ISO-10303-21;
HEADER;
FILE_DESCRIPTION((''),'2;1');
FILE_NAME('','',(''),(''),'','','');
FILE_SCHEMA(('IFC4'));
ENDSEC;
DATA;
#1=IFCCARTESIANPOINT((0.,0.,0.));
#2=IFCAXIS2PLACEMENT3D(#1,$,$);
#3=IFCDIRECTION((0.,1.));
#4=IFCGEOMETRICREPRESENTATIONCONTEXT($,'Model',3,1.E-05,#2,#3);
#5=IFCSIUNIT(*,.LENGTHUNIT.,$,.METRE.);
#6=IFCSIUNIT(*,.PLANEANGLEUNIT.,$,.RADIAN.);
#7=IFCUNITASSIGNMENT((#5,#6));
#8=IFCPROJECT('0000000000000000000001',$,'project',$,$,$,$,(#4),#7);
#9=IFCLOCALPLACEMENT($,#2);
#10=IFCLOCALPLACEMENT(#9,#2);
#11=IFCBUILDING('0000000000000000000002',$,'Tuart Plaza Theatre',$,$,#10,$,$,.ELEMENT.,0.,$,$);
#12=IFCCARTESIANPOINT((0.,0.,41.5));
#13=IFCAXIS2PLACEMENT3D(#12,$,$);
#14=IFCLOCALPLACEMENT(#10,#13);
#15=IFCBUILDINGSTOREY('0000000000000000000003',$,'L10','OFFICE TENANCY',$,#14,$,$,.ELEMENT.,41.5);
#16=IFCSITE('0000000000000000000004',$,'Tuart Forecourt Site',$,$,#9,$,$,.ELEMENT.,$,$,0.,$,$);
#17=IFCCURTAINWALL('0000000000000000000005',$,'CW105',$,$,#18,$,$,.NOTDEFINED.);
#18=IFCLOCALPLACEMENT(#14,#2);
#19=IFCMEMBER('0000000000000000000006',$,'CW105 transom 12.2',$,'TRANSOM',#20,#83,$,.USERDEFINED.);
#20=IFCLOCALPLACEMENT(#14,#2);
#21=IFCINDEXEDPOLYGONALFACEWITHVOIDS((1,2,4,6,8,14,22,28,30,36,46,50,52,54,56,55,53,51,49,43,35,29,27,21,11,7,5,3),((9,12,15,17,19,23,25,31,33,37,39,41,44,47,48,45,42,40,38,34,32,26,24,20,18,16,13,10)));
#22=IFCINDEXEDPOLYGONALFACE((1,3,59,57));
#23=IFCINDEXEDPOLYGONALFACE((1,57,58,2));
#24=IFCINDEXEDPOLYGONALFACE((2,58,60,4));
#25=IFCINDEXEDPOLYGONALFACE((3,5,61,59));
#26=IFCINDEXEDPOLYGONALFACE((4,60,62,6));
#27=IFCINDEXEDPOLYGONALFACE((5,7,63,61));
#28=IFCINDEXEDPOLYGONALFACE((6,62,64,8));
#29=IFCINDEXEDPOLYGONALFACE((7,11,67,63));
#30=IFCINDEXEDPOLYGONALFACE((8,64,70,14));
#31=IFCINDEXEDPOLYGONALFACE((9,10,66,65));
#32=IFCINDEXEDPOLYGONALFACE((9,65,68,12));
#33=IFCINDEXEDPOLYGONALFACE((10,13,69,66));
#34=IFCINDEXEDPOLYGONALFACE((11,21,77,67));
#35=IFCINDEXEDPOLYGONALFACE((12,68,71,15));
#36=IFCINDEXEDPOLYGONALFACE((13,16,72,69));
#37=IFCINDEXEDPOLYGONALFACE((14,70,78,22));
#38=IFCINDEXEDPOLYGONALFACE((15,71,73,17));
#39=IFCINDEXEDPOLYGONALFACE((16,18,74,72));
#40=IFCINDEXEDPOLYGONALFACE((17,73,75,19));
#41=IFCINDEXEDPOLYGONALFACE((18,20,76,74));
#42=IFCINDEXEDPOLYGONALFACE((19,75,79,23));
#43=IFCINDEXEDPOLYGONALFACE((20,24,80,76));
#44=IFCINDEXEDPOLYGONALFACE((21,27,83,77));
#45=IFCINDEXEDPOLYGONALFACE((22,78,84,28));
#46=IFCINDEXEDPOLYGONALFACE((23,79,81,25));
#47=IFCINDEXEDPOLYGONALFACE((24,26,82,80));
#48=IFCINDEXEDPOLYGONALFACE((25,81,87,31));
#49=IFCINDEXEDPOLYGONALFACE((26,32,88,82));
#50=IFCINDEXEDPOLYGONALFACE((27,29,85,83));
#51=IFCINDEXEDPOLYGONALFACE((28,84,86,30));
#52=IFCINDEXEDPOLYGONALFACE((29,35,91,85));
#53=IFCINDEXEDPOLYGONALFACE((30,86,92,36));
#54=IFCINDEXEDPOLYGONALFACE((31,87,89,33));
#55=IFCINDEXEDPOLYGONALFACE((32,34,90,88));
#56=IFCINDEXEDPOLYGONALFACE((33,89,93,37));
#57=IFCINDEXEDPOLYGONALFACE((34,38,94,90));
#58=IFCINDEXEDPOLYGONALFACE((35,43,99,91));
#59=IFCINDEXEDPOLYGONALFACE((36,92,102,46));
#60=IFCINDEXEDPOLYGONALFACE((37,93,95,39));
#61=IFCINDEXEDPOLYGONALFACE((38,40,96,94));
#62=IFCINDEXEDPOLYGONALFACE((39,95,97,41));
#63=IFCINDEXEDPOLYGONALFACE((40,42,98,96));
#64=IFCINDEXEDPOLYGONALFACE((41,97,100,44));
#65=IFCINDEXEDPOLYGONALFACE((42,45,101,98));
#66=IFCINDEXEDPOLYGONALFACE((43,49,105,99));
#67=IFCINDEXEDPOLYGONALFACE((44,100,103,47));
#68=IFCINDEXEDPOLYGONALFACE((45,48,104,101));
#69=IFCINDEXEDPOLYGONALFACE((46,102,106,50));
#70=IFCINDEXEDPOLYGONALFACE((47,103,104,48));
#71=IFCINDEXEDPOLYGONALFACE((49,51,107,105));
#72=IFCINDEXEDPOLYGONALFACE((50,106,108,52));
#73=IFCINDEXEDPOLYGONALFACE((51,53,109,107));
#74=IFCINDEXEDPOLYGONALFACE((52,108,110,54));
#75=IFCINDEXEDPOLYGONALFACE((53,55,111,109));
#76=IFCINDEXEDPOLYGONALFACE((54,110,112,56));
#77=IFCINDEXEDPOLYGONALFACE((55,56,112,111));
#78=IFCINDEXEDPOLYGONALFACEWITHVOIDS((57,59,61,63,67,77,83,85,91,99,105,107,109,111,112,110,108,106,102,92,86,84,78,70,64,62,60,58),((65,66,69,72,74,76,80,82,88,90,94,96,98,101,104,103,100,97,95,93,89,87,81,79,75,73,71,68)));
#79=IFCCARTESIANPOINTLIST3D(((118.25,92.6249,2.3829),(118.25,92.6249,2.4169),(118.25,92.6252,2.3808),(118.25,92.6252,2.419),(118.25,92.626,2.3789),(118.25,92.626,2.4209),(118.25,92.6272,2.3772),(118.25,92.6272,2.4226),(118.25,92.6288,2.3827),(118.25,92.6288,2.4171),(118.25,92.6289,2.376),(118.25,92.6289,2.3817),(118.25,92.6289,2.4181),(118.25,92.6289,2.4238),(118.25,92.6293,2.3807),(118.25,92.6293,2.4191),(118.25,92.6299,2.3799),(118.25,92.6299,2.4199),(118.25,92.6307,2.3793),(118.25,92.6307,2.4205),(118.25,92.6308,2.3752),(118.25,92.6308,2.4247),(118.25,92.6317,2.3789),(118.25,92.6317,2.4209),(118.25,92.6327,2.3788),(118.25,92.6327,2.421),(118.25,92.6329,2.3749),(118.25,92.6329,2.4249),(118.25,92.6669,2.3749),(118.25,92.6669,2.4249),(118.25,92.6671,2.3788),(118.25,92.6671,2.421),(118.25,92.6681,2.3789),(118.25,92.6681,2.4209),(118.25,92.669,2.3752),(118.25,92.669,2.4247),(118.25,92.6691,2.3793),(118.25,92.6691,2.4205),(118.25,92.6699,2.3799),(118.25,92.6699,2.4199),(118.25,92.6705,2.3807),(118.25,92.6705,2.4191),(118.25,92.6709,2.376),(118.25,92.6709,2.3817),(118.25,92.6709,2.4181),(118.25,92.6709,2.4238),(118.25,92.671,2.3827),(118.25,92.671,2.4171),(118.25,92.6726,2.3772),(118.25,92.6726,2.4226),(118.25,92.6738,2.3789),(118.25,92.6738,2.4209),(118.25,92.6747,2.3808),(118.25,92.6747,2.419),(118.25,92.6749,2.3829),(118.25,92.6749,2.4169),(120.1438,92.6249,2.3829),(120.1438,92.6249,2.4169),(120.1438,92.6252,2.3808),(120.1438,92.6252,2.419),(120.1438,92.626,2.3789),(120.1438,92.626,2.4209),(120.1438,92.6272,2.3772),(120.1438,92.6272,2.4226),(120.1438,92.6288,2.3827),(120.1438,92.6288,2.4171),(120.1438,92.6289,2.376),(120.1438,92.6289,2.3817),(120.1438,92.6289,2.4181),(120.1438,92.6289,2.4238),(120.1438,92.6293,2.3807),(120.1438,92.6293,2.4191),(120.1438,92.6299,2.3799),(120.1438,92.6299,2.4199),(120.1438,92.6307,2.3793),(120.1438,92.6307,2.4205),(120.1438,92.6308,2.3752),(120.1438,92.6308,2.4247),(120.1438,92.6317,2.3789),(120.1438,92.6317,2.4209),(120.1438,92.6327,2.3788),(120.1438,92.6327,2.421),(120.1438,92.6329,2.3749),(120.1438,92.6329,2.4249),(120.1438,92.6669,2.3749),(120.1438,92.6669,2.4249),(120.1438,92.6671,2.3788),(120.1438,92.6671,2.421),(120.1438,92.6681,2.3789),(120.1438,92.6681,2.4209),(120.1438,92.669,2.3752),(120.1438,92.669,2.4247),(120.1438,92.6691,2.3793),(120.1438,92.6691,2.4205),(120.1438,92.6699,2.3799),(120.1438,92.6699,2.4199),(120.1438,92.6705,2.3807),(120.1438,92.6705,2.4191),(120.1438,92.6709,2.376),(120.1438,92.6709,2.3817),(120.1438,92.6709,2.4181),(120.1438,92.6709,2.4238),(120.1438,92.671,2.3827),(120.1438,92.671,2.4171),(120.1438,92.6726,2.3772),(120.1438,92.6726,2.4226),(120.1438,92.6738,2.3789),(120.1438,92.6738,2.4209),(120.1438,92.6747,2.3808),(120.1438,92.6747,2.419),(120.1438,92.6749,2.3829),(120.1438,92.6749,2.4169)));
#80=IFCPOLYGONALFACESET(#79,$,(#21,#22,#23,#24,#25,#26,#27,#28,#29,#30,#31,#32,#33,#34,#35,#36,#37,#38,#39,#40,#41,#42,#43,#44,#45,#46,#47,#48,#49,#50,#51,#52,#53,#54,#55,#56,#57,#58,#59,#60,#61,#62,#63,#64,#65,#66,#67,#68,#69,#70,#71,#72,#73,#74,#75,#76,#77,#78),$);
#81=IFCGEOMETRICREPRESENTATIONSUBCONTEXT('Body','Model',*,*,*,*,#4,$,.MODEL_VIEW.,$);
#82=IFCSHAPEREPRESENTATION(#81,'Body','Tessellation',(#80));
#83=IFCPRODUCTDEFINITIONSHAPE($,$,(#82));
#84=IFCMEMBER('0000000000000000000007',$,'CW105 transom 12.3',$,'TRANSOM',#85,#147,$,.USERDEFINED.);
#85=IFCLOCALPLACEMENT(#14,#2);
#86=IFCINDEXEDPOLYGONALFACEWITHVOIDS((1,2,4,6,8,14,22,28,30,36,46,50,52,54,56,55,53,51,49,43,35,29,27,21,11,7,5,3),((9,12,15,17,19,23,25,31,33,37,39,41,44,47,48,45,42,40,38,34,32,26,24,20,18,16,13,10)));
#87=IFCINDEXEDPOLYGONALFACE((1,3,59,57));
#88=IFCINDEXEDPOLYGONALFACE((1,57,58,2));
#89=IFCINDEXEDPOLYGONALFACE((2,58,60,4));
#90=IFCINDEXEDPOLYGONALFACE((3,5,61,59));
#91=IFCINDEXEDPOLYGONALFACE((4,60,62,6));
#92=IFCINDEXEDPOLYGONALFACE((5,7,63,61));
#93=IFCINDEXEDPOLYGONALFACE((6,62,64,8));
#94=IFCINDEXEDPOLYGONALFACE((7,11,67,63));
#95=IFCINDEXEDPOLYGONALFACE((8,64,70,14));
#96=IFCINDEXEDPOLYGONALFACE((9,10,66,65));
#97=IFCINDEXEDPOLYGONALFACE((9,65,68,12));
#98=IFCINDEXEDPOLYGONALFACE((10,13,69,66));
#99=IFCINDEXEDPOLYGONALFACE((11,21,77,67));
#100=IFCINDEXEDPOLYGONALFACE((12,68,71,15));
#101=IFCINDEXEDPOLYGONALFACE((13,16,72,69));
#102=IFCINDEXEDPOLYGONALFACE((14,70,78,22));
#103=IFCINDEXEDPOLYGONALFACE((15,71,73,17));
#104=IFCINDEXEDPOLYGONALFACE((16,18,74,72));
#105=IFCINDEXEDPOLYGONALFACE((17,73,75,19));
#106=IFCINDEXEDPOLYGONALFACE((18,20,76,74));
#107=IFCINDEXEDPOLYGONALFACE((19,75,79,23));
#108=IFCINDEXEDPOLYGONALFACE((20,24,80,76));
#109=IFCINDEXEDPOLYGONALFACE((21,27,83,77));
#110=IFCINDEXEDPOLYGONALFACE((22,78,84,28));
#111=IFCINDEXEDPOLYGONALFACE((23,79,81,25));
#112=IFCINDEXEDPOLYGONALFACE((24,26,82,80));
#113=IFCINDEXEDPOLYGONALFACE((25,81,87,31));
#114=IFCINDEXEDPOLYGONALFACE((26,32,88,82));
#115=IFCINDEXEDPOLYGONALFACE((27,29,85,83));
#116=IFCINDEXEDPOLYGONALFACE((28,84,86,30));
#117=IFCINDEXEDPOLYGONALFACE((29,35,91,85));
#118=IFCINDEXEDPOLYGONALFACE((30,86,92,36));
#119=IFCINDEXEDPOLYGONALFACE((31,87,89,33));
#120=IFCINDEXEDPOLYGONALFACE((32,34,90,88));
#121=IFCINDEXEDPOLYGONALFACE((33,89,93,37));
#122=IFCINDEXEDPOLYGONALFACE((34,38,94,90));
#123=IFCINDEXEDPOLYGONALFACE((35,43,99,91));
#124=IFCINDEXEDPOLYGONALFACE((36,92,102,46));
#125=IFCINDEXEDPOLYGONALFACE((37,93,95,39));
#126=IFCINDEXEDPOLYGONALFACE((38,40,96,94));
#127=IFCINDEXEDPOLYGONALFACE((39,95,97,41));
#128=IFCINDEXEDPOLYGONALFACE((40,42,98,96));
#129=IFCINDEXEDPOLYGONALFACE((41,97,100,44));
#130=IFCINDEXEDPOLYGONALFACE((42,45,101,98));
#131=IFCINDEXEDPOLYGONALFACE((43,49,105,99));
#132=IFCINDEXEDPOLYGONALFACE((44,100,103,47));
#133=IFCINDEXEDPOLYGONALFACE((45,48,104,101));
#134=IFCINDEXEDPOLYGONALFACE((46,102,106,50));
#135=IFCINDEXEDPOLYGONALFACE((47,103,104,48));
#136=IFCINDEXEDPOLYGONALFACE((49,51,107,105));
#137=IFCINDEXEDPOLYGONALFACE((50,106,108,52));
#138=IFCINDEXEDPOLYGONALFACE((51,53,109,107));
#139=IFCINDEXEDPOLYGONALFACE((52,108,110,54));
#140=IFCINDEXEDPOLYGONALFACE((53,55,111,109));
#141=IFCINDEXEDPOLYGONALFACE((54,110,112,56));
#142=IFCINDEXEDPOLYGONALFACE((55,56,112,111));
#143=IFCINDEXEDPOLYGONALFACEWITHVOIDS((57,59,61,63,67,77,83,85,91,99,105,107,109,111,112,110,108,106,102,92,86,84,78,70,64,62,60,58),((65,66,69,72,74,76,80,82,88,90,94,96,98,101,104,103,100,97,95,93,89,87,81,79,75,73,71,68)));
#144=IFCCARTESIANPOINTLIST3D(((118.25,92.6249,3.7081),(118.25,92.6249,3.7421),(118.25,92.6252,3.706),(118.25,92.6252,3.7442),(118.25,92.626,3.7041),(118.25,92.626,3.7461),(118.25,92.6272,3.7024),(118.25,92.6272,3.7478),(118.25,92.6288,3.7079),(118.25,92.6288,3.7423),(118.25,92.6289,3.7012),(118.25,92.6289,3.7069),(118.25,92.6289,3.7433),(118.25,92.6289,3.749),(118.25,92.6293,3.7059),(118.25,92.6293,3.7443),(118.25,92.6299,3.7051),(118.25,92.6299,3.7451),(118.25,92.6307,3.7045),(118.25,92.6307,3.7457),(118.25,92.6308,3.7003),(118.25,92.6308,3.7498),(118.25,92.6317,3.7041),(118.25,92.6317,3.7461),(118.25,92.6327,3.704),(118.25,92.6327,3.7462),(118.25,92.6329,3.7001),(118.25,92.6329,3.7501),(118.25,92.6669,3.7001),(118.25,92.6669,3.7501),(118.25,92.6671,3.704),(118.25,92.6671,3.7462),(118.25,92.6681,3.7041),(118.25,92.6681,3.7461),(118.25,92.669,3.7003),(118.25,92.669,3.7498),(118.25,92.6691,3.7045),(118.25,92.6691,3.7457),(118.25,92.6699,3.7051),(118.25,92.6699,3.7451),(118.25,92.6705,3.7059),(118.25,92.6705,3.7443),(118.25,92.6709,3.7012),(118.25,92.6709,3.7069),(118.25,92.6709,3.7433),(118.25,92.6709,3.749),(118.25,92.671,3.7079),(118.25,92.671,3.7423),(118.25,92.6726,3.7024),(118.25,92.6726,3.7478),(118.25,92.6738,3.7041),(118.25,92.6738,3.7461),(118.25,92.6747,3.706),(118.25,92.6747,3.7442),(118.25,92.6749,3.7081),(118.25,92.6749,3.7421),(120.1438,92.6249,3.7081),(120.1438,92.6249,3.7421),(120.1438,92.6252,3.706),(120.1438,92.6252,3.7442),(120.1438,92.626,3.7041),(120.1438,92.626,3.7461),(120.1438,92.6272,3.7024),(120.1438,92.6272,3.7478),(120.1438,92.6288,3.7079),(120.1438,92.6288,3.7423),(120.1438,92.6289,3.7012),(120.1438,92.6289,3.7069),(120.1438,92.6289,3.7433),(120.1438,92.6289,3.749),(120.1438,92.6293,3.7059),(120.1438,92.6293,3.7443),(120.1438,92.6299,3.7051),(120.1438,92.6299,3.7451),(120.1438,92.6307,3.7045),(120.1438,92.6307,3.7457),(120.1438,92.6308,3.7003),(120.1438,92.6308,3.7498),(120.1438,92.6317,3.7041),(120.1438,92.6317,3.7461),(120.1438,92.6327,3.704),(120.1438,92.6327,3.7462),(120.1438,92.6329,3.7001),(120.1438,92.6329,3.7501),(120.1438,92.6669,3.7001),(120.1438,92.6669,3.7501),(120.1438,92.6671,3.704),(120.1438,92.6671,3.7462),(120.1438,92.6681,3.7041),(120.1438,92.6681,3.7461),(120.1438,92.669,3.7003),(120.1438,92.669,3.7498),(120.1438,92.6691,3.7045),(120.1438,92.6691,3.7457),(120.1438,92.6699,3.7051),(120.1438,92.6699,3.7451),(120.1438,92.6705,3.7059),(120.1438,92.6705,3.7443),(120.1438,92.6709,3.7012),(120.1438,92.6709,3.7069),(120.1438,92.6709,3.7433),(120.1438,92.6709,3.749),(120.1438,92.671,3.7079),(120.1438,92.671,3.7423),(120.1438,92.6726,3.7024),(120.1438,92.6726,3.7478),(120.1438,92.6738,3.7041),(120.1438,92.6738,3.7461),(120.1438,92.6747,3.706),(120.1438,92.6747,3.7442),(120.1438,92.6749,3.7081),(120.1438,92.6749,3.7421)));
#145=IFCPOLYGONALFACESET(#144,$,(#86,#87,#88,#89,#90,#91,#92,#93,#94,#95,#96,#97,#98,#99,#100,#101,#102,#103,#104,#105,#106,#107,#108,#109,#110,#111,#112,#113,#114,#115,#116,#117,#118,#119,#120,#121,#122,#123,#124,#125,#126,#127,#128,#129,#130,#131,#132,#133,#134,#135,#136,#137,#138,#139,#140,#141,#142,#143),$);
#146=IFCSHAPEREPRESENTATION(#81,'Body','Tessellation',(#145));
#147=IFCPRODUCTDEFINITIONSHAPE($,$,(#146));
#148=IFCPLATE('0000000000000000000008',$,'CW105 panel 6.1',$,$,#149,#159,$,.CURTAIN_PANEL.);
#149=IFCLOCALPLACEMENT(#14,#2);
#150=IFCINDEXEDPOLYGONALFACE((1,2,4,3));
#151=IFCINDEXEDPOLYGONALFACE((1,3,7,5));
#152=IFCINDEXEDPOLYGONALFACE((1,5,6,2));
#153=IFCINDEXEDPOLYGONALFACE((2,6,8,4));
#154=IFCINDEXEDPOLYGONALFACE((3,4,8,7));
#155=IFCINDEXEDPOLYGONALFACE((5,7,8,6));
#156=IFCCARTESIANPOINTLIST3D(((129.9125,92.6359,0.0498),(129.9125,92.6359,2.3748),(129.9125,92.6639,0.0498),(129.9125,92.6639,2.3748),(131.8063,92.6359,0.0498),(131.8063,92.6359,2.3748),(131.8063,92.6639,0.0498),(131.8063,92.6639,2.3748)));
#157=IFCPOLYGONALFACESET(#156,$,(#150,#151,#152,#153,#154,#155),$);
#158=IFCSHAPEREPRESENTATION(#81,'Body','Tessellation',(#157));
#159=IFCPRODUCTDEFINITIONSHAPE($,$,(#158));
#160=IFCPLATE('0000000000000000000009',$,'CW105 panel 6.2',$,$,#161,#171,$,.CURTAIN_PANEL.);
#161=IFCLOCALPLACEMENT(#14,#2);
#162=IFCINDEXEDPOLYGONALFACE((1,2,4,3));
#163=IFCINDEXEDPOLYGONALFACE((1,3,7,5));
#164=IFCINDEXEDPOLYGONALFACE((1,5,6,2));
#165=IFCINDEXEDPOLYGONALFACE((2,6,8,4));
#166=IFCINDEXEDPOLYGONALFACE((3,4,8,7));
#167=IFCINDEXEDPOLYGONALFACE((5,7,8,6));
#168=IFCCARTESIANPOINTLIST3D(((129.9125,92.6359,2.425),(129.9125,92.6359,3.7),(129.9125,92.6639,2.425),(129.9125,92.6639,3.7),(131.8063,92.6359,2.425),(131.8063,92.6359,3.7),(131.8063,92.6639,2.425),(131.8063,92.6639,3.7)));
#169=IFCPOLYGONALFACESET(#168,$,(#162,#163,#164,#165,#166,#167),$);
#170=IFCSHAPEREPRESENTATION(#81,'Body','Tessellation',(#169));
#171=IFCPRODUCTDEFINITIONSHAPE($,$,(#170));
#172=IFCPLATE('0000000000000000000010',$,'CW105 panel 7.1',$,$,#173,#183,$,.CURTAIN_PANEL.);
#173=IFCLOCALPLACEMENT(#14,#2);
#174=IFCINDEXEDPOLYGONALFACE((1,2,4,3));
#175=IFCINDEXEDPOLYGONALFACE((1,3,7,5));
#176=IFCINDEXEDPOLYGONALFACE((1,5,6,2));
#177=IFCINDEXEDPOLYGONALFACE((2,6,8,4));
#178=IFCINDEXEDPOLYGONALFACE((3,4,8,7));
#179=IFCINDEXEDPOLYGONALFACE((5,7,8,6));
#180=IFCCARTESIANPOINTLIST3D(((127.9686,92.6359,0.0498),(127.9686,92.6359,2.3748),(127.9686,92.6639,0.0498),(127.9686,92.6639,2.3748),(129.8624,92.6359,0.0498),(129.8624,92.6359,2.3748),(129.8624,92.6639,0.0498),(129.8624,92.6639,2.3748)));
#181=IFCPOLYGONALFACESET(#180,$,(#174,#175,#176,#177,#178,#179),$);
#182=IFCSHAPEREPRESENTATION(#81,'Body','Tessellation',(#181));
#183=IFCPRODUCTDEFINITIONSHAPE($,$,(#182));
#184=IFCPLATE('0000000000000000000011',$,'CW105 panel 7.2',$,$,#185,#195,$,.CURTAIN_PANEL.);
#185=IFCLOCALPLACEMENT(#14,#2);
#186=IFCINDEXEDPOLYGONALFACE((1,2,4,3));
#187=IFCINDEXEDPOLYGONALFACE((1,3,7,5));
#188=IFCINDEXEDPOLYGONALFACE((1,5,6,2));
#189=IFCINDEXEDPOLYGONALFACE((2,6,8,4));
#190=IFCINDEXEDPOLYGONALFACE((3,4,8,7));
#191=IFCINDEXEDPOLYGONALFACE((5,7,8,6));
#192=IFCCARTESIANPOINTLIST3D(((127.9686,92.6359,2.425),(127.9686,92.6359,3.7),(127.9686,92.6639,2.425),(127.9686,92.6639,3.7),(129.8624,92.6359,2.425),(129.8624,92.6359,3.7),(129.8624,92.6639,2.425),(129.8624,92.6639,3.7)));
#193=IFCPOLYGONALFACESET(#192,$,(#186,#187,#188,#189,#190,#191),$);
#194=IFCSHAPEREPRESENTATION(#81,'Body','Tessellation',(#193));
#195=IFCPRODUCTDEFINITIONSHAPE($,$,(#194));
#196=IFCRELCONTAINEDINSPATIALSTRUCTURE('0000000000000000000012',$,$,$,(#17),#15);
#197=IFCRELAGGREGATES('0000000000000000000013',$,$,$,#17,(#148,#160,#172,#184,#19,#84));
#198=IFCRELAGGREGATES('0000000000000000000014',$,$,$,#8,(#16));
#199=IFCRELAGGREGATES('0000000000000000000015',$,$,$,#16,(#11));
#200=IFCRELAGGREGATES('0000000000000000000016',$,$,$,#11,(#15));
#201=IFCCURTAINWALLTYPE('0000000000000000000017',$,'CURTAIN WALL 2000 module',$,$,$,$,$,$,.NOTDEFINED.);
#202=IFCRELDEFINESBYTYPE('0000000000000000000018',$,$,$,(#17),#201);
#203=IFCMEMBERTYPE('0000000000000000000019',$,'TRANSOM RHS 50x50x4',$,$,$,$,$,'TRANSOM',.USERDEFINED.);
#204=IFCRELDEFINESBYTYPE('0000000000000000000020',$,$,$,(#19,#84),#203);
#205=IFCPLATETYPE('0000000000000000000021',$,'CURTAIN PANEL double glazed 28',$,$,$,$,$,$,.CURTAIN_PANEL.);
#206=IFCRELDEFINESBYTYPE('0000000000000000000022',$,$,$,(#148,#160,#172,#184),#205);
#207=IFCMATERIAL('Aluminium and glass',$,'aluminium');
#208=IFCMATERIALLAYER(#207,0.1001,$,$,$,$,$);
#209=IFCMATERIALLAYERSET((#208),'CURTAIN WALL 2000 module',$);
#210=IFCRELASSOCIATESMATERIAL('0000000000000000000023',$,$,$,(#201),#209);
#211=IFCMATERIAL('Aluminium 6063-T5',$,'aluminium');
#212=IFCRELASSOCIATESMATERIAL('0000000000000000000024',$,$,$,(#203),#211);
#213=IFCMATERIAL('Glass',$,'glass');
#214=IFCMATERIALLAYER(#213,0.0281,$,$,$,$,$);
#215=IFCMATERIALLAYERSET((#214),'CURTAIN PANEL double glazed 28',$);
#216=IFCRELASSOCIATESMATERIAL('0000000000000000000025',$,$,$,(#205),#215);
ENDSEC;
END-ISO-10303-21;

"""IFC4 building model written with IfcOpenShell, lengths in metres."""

from ifc_helpers import new_model, si_unit, direction, frame, origin, origin_2d, place, context, subcontext, project, spatial, rectangle, hollow_rectangle, extrude, material, layer, layer_set, material_profile, profile_set, type_object, element, aggregate, save


model = new_model("IFC4")

# Units and contexts
model_context = context("Model", 3, precision=1e-05, world=origin(), true_north=direction((0.0, 1.0)))
body_context = subcontext(model_context, "Body", "Model", "MODEL_VIEW")
ifc_project = project(units=[si_unit("LENGTHUNIT", "METRE"), si_unit("PLANEANGLEUNIT", "RADIAN")], contexts=[model_context])

# Site, building, storey
site_placement = place(None, origin())
site = spatial("IfcSite", under=ifc_project, at=site_placement, Name="Tuart Forecourt Site", CompositionType="ELEMENT", RefElevation=0.0)
building_placement = place(site_placement, origin())
building = spatial("IfcBuilding", under=site, at=building_placement, Name="Tuart Plaza Theatre", CompositionType="ELEMENT", ElevationOfRefHeight=0.0)
storey_placement = place(building_placement, frame((0.0, 0.0, 41.5)))
storey = spatial("IfcBuildingStorey", under=building, at=storey_placement, Name="L10", Description="OFFICE TENANCY", CompositionType="ELEMENT", Elevation=41.5)

# Curtain wall, members, plates
ifc_material_1 = material(Name="Aluminium and glass", Category="aluminium")
ifc_layer_1 = layer(ifc_material_1, 0.1001)
ifc_layer_set_1 = layer_set([ifc_layer_1], Name="CURTAIN WALL 2000 module")
curtain_wall_type = type_object("IfcCurtainWallType", Name="CURTAIN WALL 2000 module", PredefinedType="NOTDEFINED", material=ifc_layer_set_1)
curtain_wall_placement = place(storey_placement, origin())
curtain_wall = element("IfcCurtainWall", 1, at=curtain_wall_placement, inside=storey, type_object=curtain_wall_type, Name="CW105", PredefinedType="NOTDEFINED")
ifc_material_2 = material(Name="Aluminium 6063-T5", Category="aluminium")
ifc_material_profile_1 = material_profile(ifc_material_2, hollow_rectangle(XDim=0.05, YDim=0.05, WallThickness=0.0039, InnerFilletRadius=0.0039, OuterFilletRadius=0.0081, at=origin_2d()), Name="RHS 50x50x4")
ifc_profile_set_1 = profile_set([ifc_material_profile_1], Name="Aluminium 6063-T5")
member_type_1 = type_object("IfcMemberType", Name="TRANSOM RHS 50x50x4", ElementType="TRANSOM", PredefinedType="USERDEFINED", material=ifc_profile_set_1)
member_1_placement = place(storey_placement, frame((120.1438, 92.6499, 2.3999), z_axis=(-1.0, 0.0, 0.0), x_axis=(0.0, -1.0, 0.0)))
member_1 = element("IfcMember", 2, at=member_1_placement, type_object=member_type_1, Name="CW105 transom 12.2", ObjectType="TRANSOM", PredefinedType="USERDEFINED", context=body_context, shape_type="SweptSolid", body=[
    extrude(hollow_rectangle(XDim=0.05, YDim=0.05, WallThickness=0.0039, InnerFilletRadius=0.0039, OuterFilletRadius=0.0081, at=origin_2d()), origin(), (0.0, 0.0, 1.0), 1.8938),
])
member_2_placement = place(storey_placement, frame((120.1438, 92.6499, 3.7251), z_axis=(-1.0, 0.0, 0.0), x_axis=(0.0, -1.0, 0.0)))
member_2 = element("IfcMember", 3, at=member_2_placement, type_object=member_type_1, Name="CW105 transom 12.3", ObjectType="TRANSOM", PredefinedType="USERDEFINED", context=body_context, shape_type="SweptSolid", body=[
    extrude(hollow_rectangle(XDim=0.05, YDim=0.05, WallThickness=0.0039, InnerFilletRadius=0.0039, OuterFilletRadius=0.0081, at=origin_2d()), origin(), (0.0, 0.0, 1.0), 1.8938),
])
ifc_material_3 = material(Name="Glass", Category="glass")
ifc_layer_2 = layer(ifc_material_3, 0.0281)
ifc_layer_set_2 = layer_set([ifc_layer_2], Name="CURTAIN PANEL double glazed 28")
plate_type = type_object("IfcPlateType", Name="CURTAIN PANEL double glazed 28", PredefinedType="CURTAIN_PANEL", material=ifc_layer_set_2)
plate_1_placement = place(storey_placement, frame((130.8594, 92.6499, 0.0498), z_axis=(0.0, 0.0, 1.0), x_axis=(-1.0, 0.0, 0.0)))
plate_1 = element("IfcPlate", 4, at=plate_1_placement, type_object=plate_type, Name="CW105 panel 6.1", PredefinedType="CURTAIN_PANEL", context=body_context, shape_type="SweptSolid", body=[
    extrude(rectangle(XDim=1.8938, YDim=0.0281, at=origin_2d()), origin(), (0.0, 0.0, 1.0), 2.325),
])
plate_2_placement = place(storey_placement, frame((130.8594, 92.6499, 2.425), z_axis=(0.0, 0.0, 1.0), x_axis=(-1.0, 0.0, 0.0)))
plate_2 = element("IfcPlate", 5, at=plate_2_placement, type_object=plate_type, Name="CW105 panel 6.2", PredefinedType="CURTAIN_PANEL", context=body_context, shape_type="SweptSolid", body=[
    extrude(rectangle(XDim=1.8938, YDim=0.0281, at=origin_2d()), origin(), (0.0, 0.0, 1.0), 1.2749),
])
plate_3_placement = place(storey_placement, frame((128.9155, 92.6499, 0.0498), z_axis=(0.0, 0.0, 1.0), x_axis=(-1.0, 0.0, 0.0)))
plate_3 = element("IfcPlate", 6, at=plate_3_placement, type_object=plate_type, Name="CW105 panel 7.1", PredefinedType="CURTAIN_PANEL", context=body_context, shape_type="SweptSolid", body=[
    extrude(rectangle(XDim=1.8938, YDim=0.0281, at=origin_2d()), origin(), (0.0, 0.0, 1.0), 2.325),
])
plate_4_placement = place(storey_placement, frame((128.9155, 92.6499, 2.425), z_axis=(0.0, 0.0, 1.0), x_axis=(-1.0, 0.0, 0.0)))
plate_4 = element("IfcPlate", 7, at=plate_4_placement, type_object=plate_type, Name="CW105 panel 7.2", PredefinedType="CURTAIN_PANEL", context=body_context, shape_type="SweptSolid", body=[
    extrude(rectangle(XDim=1.8938, YDim=0.0281, at=origin_2d()), origin(), (0.0, 0.0, 1.0), 1.2749),
])
aggregate(curtain_wall, [plate_1, plate_2, plate_3, plate_4, member_1, member_2])

save(model, "model.ifc")
